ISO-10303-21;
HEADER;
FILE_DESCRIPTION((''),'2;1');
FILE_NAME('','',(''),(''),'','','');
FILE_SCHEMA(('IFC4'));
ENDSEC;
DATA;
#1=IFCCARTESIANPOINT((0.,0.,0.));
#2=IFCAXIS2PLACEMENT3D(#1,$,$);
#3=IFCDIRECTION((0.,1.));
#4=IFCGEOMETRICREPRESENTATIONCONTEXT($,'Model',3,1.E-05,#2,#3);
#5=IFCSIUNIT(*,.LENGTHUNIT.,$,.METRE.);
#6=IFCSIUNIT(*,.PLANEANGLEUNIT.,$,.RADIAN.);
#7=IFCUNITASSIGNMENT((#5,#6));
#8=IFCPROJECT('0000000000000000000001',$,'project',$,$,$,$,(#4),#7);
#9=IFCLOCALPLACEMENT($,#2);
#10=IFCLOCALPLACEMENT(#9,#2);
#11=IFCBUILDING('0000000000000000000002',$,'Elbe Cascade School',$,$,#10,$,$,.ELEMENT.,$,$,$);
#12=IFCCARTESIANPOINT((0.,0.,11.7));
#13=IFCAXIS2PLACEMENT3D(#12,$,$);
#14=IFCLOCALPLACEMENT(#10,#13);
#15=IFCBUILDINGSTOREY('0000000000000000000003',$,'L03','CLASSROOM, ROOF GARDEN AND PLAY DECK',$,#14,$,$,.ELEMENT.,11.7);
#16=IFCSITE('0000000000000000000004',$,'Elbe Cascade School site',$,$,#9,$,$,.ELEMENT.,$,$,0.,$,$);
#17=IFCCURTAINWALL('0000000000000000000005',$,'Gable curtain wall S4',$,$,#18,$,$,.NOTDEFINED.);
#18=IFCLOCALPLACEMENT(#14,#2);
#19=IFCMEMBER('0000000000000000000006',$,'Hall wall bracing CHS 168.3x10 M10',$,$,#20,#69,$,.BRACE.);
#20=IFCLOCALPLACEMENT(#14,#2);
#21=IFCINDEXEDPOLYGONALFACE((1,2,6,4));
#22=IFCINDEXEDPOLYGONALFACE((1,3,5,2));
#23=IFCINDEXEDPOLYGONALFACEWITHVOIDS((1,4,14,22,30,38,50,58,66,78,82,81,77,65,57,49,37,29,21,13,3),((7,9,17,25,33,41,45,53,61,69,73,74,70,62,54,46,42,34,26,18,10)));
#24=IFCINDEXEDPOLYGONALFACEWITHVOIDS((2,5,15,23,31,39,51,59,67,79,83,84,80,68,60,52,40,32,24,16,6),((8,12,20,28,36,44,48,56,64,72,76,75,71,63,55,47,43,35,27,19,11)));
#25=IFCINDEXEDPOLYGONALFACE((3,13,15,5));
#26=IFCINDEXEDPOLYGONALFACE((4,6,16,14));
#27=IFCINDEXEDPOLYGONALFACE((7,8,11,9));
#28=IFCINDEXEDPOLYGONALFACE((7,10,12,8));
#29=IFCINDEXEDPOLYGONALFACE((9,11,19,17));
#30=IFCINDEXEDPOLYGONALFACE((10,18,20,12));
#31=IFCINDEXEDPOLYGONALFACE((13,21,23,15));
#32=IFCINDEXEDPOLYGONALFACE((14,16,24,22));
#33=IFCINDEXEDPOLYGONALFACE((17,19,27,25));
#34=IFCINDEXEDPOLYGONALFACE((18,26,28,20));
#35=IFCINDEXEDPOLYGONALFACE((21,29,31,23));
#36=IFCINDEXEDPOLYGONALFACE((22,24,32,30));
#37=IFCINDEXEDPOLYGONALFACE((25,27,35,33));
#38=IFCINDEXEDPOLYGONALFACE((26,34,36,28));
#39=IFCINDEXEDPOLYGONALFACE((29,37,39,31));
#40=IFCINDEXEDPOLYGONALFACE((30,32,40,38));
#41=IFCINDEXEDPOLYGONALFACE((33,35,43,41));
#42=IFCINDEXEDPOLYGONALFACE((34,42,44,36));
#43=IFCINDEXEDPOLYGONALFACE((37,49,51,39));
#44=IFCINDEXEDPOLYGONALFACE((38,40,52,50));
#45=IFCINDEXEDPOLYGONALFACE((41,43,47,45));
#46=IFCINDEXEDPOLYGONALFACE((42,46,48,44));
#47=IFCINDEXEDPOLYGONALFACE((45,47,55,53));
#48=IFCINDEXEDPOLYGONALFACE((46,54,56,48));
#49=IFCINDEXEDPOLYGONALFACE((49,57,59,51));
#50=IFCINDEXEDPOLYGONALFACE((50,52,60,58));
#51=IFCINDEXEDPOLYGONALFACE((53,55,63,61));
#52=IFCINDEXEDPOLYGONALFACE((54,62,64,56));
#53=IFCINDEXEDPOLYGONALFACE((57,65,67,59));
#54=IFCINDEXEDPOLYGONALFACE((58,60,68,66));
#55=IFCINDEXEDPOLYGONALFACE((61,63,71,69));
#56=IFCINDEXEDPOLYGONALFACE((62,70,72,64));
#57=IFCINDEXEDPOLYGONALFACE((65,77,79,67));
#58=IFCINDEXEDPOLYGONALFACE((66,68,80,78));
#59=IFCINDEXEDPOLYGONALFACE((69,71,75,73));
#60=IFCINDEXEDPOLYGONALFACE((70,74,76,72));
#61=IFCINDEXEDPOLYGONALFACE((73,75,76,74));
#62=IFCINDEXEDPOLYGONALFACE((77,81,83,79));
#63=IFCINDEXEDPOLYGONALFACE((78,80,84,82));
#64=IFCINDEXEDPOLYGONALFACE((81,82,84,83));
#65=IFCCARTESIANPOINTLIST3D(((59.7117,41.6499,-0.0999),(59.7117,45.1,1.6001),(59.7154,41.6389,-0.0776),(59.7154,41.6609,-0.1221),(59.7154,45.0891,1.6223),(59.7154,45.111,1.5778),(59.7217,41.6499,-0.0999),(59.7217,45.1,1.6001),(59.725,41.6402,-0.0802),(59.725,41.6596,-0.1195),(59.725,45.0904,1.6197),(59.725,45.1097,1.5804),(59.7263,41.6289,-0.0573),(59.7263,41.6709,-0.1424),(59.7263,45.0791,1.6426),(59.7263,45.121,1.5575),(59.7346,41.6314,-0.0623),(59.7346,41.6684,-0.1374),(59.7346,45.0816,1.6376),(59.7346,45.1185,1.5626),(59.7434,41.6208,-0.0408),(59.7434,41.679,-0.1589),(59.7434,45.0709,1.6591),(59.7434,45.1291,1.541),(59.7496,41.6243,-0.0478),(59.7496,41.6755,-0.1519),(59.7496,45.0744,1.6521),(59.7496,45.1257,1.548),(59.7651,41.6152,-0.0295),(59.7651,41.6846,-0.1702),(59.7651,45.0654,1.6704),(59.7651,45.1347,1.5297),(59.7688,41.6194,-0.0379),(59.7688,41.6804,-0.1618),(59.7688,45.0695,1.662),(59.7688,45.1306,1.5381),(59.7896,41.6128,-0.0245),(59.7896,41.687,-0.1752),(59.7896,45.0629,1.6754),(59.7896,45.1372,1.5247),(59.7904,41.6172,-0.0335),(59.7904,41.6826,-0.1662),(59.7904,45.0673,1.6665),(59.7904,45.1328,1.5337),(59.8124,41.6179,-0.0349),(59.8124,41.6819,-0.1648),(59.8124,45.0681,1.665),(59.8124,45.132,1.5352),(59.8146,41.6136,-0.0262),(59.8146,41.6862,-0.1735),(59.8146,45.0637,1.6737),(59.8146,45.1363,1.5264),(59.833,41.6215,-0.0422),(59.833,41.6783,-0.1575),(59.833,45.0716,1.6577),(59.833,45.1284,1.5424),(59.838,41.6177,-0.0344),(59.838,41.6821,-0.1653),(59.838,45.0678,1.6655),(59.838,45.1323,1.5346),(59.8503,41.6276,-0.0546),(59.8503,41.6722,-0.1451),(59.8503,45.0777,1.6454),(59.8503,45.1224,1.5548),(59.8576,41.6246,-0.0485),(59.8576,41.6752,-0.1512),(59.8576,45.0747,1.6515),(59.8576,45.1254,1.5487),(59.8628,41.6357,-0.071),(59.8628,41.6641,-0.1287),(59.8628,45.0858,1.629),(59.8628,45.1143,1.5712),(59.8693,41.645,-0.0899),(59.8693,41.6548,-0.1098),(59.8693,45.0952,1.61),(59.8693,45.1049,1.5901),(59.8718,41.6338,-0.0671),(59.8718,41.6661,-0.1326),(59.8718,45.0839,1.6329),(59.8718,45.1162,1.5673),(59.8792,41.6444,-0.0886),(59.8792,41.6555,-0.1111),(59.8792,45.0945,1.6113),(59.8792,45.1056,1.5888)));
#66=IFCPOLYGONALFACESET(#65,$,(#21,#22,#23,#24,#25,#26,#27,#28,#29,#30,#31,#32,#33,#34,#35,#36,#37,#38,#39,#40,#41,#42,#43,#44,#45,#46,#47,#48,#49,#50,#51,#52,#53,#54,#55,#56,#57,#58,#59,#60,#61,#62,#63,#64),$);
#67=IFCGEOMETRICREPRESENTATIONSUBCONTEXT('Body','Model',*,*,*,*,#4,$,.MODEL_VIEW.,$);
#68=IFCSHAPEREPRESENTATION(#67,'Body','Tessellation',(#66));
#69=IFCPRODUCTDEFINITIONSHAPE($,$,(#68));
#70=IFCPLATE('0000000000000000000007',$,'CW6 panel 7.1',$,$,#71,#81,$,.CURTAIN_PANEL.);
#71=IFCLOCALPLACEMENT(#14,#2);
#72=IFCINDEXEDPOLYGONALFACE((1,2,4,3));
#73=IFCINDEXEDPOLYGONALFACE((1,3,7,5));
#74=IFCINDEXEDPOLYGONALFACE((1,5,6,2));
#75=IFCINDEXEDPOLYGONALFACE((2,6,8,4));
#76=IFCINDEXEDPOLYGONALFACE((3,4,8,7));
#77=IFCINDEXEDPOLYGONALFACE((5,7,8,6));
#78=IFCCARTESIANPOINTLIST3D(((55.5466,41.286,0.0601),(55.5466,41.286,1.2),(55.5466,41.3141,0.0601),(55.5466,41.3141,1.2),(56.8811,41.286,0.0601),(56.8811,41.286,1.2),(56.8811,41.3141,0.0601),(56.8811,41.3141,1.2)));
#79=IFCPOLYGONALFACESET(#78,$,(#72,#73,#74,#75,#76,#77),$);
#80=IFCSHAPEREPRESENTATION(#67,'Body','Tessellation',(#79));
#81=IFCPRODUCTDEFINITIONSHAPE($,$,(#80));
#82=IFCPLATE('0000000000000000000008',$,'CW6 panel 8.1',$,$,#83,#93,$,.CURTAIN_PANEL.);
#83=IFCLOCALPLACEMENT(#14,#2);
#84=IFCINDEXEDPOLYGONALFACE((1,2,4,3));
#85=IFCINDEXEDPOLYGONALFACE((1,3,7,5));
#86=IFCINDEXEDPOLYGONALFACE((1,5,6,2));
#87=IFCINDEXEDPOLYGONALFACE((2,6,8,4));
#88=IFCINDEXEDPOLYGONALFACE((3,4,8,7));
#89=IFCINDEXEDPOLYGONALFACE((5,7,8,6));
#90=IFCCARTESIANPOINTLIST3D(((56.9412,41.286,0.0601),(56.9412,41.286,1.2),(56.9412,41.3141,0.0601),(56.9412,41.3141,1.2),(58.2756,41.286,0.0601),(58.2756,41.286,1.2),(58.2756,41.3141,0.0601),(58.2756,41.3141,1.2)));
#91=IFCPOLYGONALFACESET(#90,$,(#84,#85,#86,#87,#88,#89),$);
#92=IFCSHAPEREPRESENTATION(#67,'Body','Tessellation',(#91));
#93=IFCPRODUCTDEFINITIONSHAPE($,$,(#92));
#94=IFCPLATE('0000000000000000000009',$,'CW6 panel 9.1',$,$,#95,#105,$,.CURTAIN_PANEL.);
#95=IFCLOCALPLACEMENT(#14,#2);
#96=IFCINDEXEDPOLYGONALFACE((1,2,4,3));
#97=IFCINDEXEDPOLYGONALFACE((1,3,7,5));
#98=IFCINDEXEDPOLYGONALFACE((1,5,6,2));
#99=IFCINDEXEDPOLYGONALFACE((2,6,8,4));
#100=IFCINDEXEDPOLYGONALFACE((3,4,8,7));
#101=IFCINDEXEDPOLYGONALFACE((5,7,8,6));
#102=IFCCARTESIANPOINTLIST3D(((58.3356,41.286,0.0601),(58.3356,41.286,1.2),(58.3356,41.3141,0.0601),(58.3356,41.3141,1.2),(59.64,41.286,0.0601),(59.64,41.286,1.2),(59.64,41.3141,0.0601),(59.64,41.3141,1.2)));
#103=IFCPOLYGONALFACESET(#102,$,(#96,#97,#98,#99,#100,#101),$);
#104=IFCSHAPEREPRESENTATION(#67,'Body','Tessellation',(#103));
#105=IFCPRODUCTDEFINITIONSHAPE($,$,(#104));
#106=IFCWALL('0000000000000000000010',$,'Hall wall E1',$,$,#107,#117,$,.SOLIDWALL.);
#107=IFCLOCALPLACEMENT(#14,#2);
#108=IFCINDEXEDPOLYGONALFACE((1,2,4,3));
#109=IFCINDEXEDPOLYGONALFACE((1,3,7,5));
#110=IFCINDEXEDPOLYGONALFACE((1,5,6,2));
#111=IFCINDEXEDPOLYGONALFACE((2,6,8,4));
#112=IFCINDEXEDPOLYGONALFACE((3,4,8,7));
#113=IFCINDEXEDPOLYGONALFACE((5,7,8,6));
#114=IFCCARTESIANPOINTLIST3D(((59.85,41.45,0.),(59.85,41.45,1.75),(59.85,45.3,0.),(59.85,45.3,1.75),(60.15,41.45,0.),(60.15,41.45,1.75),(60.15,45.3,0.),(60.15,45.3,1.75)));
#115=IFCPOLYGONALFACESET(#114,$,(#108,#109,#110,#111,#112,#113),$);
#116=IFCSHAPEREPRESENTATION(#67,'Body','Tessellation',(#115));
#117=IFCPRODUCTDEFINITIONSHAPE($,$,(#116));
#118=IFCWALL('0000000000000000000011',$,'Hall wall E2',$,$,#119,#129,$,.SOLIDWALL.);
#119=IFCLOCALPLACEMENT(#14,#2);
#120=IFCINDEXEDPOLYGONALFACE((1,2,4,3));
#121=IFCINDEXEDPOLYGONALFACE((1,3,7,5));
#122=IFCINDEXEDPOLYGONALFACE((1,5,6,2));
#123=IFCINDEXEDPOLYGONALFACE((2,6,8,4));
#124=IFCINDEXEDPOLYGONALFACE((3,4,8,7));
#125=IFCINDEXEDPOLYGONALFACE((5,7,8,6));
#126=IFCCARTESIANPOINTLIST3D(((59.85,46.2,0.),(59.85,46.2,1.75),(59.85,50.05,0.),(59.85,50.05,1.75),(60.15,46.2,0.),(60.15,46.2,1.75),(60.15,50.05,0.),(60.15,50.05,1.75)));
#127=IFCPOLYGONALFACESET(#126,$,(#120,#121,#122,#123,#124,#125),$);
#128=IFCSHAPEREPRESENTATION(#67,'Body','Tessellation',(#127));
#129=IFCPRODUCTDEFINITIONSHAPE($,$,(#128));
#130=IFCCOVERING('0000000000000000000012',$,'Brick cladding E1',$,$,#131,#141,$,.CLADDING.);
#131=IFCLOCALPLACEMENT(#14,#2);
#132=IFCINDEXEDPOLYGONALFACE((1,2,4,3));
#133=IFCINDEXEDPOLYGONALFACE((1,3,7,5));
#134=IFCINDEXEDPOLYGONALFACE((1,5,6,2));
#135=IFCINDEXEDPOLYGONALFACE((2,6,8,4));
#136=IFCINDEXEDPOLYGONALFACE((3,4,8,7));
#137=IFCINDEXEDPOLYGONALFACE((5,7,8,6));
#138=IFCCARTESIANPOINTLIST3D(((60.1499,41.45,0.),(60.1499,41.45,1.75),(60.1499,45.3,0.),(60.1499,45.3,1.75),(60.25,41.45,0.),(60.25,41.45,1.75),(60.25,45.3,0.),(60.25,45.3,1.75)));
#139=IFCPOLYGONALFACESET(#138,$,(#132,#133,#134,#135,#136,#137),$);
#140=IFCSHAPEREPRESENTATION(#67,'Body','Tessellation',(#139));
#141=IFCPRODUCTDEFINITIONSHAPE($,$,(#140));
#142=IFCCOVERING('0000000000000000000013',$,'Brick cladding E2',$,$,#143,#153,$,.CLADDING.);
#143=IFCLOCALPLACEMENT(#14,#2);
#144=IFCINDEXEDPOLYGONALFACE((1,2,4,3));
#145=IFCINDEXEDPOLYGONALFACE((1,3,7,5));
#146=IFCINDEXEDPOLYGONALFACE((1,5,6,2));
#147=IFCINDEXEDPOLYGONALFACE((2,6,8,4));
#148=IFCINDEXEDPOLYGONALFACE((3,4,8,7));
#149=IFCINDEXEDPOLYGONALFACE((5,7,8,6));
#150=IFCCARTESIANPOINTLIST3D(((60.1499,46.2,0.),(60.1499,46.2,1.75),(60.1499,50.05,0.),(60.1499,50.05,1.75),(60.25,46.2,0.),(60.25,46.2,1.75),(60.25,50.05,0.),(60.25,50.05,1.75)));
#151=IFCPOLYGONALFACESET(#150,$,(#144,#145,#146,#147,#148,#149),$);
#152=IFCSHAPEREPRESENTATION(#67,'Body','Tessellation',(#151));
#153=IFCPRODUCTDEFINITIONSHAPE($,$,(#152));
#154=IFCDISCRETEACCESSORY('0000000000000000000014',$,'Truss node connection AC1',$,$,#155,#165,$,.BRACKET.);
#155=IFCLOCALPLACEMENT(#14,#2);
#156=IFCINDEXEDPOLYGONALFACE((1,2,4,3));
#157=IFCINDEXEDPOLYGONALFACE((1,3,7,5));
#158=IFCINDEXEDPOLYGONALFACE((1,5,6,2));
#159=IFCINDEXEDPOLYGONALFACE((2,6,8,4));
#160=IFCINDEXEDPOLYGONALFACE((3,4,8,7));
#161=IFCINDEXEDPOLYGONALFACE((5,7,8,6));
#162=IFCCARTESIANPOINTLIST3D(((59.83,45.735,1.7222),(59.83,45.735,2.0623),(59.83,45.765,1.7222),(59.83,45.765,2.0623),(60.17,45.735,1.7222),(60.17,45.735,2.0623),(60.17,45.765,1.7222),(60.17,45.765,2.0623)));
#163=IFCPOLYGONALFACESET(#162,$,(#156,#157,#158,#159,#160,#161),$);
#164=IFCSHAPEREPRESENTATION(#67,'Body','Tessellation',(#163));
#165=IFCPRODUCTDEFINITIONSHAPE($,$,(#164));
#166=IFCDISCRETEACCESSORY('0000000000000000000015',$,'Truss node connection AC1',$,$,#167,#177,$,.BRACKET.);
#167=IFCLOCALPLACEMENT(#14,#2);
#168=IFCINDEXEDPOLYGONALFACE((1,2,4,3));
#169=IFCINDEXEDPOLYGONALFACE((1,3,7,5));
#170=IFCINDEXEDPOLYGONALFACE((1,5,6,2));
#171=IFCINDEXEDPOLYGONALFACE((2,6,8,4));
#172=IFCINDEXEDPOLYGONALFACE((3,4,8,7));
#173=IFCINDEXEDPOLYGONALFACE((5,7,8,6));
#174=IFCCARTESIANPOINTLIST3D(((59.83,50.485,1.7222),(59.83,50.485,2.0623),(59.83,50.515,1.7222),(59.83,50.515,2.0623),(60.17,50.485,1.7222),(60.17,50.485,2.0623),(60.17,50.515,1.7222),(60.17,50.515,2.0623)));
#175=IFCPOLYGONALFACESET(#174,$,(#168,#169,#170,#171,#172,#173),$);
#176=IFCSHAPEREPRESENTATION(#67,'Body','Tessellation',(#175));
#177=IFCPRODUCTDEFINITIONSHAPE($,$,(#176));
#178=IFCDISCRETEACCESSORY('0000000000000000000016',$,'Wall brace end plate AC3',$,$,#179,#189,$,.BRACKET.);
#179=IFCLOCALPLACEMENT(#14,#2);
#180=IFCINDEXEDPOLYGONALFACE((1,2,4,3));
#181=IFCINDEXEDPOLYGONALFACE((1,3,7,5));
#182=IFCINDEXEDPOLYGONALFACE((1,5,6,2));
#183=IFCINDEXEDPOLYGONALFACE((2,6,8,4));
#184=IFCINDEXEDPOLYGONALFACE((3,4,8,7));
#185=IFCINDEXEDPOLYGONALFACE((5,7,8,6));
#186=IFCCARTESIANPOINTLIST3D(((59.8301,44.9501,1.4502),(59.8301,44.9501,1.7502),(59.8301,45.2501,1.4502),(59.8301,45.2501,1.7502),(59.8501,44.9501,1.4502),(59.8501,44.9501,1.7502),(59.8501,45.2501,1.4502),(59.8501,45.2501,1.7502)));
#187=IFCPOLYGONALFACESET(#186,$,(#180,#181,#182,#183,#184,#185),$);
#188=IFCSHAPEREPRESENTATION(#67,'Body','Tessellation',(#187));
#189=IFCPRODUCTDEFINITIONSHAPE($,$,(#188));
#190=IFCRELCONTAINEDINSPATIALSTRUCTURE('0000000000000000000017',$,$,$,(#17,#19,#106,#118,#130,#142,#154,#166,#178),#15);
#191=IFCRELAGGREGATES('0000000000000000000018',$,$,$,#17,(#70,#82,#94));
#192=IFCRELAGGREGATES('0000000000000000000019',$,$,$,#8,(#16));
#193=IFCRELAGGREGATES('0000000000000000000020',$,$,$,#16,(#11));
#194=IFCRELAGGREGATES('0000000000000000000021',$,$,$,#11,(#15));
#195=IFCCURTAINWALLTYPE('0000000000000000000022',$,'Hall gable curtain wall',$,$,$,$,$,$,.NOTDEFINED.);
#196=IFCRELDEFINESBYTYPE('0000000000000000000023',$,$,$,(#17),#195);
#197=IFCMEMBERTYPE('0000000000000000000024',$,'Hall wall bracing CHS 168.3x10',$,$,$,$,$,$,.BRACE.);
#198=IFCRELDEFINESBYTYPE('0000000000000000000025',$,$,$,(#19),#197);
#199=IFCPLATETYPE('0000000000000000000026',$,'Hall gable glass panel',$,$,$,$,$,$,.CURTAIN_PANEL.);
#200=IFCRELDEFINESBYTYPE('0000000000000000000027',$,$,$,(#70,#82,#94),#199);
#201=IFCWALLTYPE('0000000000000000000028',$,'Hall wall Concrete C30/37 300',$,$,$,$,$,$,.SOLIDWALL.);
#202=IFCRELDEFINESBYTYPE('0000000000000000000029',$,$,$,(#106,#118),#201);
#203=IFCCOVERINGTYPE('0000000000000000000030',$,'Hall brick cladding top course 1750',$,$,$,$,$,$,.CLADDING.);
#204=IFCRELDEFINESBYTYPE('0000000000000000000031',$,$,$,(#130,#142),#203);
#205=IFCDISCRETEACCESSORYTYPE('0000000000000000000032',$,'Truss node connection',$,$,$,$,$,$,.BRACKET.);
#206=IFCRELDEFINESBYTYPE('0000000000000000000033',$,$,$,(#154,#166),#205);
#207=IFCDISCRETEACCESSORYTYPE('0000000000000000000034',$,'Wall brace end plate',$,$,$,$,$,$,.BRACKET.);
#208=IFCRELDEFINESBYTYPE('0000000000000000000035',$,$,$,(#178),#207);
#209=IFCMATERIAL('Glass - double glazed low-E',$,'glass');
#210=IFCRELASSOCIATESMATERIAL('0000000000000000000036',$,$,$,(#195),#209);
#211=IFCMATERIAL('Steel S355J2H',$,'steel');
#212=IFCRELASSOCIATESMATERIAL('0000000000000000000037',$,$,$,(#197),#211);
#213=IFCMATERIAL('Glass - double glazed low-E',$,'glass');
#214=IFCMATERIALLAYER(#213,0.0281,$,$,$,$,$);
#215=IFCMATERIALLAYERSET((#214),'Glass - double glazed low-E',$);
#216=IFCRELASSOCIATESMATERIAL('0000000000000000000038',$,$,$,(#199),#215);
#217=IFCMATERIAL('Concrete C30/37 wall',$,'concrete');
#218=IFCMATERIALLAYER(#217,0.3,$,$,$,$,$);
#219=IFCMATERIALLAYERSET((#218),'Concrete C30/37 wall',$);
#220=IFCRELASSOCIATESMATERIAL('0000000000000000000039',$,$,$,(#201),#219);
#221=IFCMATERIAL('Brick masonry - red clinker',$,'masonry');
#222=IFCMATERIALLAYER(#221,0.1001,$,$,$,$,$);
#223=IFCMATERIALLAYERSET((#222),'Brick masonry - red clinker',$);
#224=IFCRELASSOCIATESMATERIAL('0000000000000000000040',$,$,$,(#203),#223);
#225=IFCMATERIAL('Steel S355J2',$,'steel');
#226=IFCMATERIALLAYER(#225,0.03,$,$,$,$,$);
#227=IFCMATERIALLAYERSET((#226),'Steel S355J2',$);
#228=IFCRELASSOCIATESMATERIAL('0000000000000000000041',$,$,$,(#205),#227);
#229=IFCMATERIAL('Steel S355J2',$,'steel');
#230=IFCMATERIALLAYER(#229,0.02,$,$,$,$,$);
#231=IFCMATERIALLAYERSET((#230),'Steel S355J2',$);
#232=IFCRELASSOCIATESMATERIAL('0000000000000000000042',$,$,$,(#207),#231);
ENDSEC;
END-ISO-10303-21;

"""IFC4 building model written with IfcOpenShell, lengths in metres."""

from ifc_helpers import new_model, si_unit, direction, frame, frame_2d, origin, origin_2d, place, context, subcontext, project, spatial, rectangle, hollow_circle, extrude, material, layer, layer_set, material_profile, profile_set, type_object, element, aggregate, save


model = new_model("IFC4")

# Units and contexts
model_context = context("Model", 3, precision=1e-05, world=origin(), true_north=direction((0.0, 1.0)))
body_context = subcontext(model_context, "Body", "Model", "MODEL_VIEW")
ifc_project = project(units=[si_unit("LENGTHUNIT", "METRE"), si_unit("PLANEANGLEUNIT", "RADIAN")], contexts=[model_context])

# Site, building, storey
site_placement = place(None, origin())
site = spatial("IfcSite", under=ifc_project, at=site_placement, Name="Elbe Cascade School site", CompositionType="ELEMENT", RefElevation=0.0)
building_placement = place(site_placement, origin())
building = spatial("IfcBuilding", under=site, at=building_placement, Name="Elbe Cascade School", CompositionType="ELEMENT")
storey_placement = place(building_placement, frame((0.0, 0.0, 11.7)))
storey = spatial("IfcBuildingStorey", under=building, at=storey_placement, Name="L03", Description="CLASSROOM, ROOF GARDEN AND PLAY DECK", CompositionType="ELEMENT", Elevation=11.7)

# Curtain wall
ifc_material_1 = material(Name="Glass - double glazed low-E", Category="glass")
curtain_wall_type = type_object("IfcCurtainWallType", Name="Hall gable curtain wall", PredefinedType="NOTDEFINED", material=ifc_material_1)
curtain_wall_placement = place(storey_placement, origin())
curtain_wall = element("IfcCurtainWall", 1, at=curtain_wall_placement, inside=storey, type_object=curtain_wall_type, Name="Gable curtain wall S4", PredefinedType="NOTDEFINED")

# Member
ifc_material_2 = material(Name="Steel S355J2H", Category="steel")
ifc_material_profile_1 = material_profile(ifc_material_2, hollow_circle(Radius=0.0842, WallThickness=0.01, at=origin_2d()), Name="CHS 168.3x10")
ifc_profile_set_1 = profile_set([ifc_material_profile_1], Name="Steel S355J2H")
member_type_1 = type_object("IfcMemberType", Name="Hall wall bracing CHS 168.3x10", PredefinedType="BRACE", material=ifc_profile_set_1)
member_1_placement = place(storey_placement, frame((59.7959, 41.6499, -0.0999), z_axis=(0.0, 0.897027, 0.441976), x_axis=(-1.0, 0.0, 0.0)))
element("IfcMember", 2, at=member_1_placement, inside=storey, type_object=member_type_1, Name="Hall wall bracing CHS 168.3x10 M10", PredefinedType="BRACE", context=body_context, shape_type="SweptSolid", body=[
    extrude(hollow_circle(Radius=0.0842, WallThickness=0.01, at=origin_2d()), origin(), (0.0, 0.0, 1.0), 3.8462),
])

# Plates
ifc_material_3 = material(Name="Glass - double glazed low-E", Category="glass")
ifc_layer_1 = layer(ifc_material_3, 0.0281)
ifc_layer_set_1 = layer_set([ifc_layer_1], Name="Glass - double glazed low-E")
plate_type = type_object("IfcPlateType", Name="Hall gable glass panel", PredefinedType="CURTAIN_PANEL", material=ifc_layer_set_1)
plate_1_placement = place(storey_placement, frame((56.2139, 41.3, 0.0601), z_axis=(0.0, 0.0, 1.0), x_axis=(1.0, 0.0, 0.0)))
plate_1 = element("IfcPlate", 3, at=plate_1_placement, type_object=plate_type, Name="CW6 panel 7.1", PredefinedType="CURTAIN_PANEL", context=body_context, shape_type="SweptSolid", body=[
    extrude(rectangle(XDim=1.3345, YDim=0.0281, at=origin_2d()), origin(), (0.0, 0.0, 1.0), 1.1399),
])
plate_2_placement = place(storey_placement, frame((57.6084, 41.3, 0.0601), z_axis=(0.0, 0.0, 1.0), x_axis=(1.0, 0.0, 0.0)))
plate_2 = element("IfcPlate", 4, at=plate_2_placement, type_object=plate_type, Name="CW6 panel 8.1", PredefinedType="CURTAIN_PANEL", context=body_context, shape_type="SweptSolid", body=[
    extrude(rectangle(XDim=1.3345, YDim=0.0281, at=origin_2d()), origin(), (0.0, 0.0, 1.0), 1.1399),
])
plate_3_placement = place(storey_placement, frame((58.9878, 41.3, 0.0601), z_axis=(0.0, 0.0, 1.0), x_axis=(1.0, 0.0, 0.0)))
plate_3 = element("IfcPlate", 5, at=plate_3_placement, type_object=plate_type, Name="CW6 panel 9.1", PredefinedType="CURTAIN_PANEL", context=body_context, shape_type="SweptSolid", body=[
    extrude(rectangle(XDim=1.3044, YDim=0.0281, at=origin_2d()), origin(), (0.0, 0.0, 1.0), 1.1399),
])
aggregate(curtain_wall, [plate_1, plate_2, plate_3])

# Walls
ifc_material_4 = material(Name="Concrete C30/37 wall", Category="concrete")
ifc_layer_2 = layer(ifc_material_4, 0.3)
ifc_layer_set_2 = layer_set([ifc_layer_2], Name="Concrete C30/37 wall")
wall_type = type_object("IfcWallType", Name="Hall wall Concrete C30/37 300", PredefinedType="SOLIDWALL", material=ifc_layer_set_2)
for number, where, z_axis, x_axis, name in (
    (6, (60.0, 41.45, 0.0), (0.0, 0.0, 1.0), (0.0, 1.0, 0.0), "Hall wall E1"),
    (7, (60.0, 46.2, 0.0), (0.0, 0.0, 1.0), (0.0, 1.0, 0.0), "Hall wall E2"),
):
    element("IfcWall", number, at=place(storey_placement, frame(where, z_axis=z_axis, x_axis=x_axis)), inside=storey, type_object=wall_type, Name=name, PredefinedType="SOLIDWALL", context=body_context, shape_type="SweptSolid", body=[
        extrude(rectangle(XDim=3.8501, YDim=0.3, at=frame_2d((1.925, 0.0))), origin(), (0.0, 0.0, 1.0), 1.75),
    ])

# Coverings
ifc_material_5 = material(Name="Brick masonry - red clinker", Category="masonry")
ifc_layer_3 = layer(ifc_material_5, 0.1001)
ifc_layer_set_3 = layer_set([ifc_layer_3], Name="Brick masonry - red clinker")
covering_type = type_object("IfcCoveringType", Name="Hall brick cladding top course 1750", PredefinedType="CLADDING", material=ifc_layer_set_3)
for number, where, z_axis, x_axis, name in (
    (8, (60.2, 43.375, 0.0), (0.0, 0.0, 1.0), (1.0, 0.0, 0.0), "Brick cladding E1"),
    (9, (60.2, 48.125, 0.0), (0.0, 0.0, 1.0), (1.0, 0.0, 0.0), "Brick cladding E2"),
):
    element("IfcCovering", number, at=place(storey_placement, frame(where, z_axis=z_axis, x_axis=x_axis)), inside=storey, type_object=covering_type, Name=name, PredefinedType="CLADDING", context=body_context, shape_type="SweptSolid", body=[
        extrude(rectangle(XDim=0.1001, YDim=3.8501, at=origin_2d()), origin(), (0.0, 0.0, 1.0), 1.75),
    ])

# Discrete accessories
ifc_material_6 = material(Name="Steel S355J2", Category="steel")
ifc_layer_4 = layer(ifc_material_6, 0.03)
ifc_layer_set_4 = layer_set([ifc_layer_4], Name="Steel S355J2")
discrete_accessory_type_1 = type_object("IfcDiscreteAccessoryType", Name="Truss node connection", PredefinedType="BRACKET", material=ifc_layer_set_4)
for number, where, z_axis, x_axis, name in (
    (10, (60.0, 45.75, 1.7222), (0.0, 0.0, 1.0), (1.0, 0.0, 0.0), "Truss node connection AC1"),
    (11, (60.0, 50.5, 1.7222), (0.0, 0.0, 1.0), (1.0, 0.0, 0.0), "Truss node connection AC1"),
):
    element("IfcDiscreteAccessory", number, at=place(storey_placement, frame(where, z_axis=z_axis, x_axis=x_axis)), inside=storey, type_object=discrete_accessory_type_1, Name=name, PredefinedType="BRACKET", context=body_context, shape_type="SweptSolid", body=[
        extrude(rectangle(XDim=0.3401, YDim=0.03, at=origin_2d()), origin(), (0.0, 0.0, 1.0), 0.3401),
    ])
ifc_material_7 = material(Name="Steel S355J2", Category="steel")
ifc_layer_5 = layer(ifc_material_7, 0.02)
ifc_layer_set_5 = layer_set([ifc_layer_5], Name="Steel S355J2")
discrete_accessory_type_2 = type_object("IfcDiscreteAccessoryType", Name="Wall brace end plate", PredefinedType="BRACKET", material=ifc_layer_set_5)
discrete_accessory_placement = place(storey_placement, frame((59.8401, 45.1001, 1.4502), z_axis=(0.0, 0.0, 1.0), x_axis=(1.0, 0.0, 0.0)))
element("IfcDiscreteAccessory", 12, at=discrete_accessory_placement, inside=storey, type_object=discrete_accessory_type_2, Name="Wall brace end plate AC3", PredefinedType="BRACKET", context=body_context, shape_type="SweptSolid", body=[
    extrude(rectangle(XDim=0.02, YDim=0.3, at=origin_2d()), origin(), (0.0, 0.0, 1.0), 0.3),
])

save(model, "model.ifc")
